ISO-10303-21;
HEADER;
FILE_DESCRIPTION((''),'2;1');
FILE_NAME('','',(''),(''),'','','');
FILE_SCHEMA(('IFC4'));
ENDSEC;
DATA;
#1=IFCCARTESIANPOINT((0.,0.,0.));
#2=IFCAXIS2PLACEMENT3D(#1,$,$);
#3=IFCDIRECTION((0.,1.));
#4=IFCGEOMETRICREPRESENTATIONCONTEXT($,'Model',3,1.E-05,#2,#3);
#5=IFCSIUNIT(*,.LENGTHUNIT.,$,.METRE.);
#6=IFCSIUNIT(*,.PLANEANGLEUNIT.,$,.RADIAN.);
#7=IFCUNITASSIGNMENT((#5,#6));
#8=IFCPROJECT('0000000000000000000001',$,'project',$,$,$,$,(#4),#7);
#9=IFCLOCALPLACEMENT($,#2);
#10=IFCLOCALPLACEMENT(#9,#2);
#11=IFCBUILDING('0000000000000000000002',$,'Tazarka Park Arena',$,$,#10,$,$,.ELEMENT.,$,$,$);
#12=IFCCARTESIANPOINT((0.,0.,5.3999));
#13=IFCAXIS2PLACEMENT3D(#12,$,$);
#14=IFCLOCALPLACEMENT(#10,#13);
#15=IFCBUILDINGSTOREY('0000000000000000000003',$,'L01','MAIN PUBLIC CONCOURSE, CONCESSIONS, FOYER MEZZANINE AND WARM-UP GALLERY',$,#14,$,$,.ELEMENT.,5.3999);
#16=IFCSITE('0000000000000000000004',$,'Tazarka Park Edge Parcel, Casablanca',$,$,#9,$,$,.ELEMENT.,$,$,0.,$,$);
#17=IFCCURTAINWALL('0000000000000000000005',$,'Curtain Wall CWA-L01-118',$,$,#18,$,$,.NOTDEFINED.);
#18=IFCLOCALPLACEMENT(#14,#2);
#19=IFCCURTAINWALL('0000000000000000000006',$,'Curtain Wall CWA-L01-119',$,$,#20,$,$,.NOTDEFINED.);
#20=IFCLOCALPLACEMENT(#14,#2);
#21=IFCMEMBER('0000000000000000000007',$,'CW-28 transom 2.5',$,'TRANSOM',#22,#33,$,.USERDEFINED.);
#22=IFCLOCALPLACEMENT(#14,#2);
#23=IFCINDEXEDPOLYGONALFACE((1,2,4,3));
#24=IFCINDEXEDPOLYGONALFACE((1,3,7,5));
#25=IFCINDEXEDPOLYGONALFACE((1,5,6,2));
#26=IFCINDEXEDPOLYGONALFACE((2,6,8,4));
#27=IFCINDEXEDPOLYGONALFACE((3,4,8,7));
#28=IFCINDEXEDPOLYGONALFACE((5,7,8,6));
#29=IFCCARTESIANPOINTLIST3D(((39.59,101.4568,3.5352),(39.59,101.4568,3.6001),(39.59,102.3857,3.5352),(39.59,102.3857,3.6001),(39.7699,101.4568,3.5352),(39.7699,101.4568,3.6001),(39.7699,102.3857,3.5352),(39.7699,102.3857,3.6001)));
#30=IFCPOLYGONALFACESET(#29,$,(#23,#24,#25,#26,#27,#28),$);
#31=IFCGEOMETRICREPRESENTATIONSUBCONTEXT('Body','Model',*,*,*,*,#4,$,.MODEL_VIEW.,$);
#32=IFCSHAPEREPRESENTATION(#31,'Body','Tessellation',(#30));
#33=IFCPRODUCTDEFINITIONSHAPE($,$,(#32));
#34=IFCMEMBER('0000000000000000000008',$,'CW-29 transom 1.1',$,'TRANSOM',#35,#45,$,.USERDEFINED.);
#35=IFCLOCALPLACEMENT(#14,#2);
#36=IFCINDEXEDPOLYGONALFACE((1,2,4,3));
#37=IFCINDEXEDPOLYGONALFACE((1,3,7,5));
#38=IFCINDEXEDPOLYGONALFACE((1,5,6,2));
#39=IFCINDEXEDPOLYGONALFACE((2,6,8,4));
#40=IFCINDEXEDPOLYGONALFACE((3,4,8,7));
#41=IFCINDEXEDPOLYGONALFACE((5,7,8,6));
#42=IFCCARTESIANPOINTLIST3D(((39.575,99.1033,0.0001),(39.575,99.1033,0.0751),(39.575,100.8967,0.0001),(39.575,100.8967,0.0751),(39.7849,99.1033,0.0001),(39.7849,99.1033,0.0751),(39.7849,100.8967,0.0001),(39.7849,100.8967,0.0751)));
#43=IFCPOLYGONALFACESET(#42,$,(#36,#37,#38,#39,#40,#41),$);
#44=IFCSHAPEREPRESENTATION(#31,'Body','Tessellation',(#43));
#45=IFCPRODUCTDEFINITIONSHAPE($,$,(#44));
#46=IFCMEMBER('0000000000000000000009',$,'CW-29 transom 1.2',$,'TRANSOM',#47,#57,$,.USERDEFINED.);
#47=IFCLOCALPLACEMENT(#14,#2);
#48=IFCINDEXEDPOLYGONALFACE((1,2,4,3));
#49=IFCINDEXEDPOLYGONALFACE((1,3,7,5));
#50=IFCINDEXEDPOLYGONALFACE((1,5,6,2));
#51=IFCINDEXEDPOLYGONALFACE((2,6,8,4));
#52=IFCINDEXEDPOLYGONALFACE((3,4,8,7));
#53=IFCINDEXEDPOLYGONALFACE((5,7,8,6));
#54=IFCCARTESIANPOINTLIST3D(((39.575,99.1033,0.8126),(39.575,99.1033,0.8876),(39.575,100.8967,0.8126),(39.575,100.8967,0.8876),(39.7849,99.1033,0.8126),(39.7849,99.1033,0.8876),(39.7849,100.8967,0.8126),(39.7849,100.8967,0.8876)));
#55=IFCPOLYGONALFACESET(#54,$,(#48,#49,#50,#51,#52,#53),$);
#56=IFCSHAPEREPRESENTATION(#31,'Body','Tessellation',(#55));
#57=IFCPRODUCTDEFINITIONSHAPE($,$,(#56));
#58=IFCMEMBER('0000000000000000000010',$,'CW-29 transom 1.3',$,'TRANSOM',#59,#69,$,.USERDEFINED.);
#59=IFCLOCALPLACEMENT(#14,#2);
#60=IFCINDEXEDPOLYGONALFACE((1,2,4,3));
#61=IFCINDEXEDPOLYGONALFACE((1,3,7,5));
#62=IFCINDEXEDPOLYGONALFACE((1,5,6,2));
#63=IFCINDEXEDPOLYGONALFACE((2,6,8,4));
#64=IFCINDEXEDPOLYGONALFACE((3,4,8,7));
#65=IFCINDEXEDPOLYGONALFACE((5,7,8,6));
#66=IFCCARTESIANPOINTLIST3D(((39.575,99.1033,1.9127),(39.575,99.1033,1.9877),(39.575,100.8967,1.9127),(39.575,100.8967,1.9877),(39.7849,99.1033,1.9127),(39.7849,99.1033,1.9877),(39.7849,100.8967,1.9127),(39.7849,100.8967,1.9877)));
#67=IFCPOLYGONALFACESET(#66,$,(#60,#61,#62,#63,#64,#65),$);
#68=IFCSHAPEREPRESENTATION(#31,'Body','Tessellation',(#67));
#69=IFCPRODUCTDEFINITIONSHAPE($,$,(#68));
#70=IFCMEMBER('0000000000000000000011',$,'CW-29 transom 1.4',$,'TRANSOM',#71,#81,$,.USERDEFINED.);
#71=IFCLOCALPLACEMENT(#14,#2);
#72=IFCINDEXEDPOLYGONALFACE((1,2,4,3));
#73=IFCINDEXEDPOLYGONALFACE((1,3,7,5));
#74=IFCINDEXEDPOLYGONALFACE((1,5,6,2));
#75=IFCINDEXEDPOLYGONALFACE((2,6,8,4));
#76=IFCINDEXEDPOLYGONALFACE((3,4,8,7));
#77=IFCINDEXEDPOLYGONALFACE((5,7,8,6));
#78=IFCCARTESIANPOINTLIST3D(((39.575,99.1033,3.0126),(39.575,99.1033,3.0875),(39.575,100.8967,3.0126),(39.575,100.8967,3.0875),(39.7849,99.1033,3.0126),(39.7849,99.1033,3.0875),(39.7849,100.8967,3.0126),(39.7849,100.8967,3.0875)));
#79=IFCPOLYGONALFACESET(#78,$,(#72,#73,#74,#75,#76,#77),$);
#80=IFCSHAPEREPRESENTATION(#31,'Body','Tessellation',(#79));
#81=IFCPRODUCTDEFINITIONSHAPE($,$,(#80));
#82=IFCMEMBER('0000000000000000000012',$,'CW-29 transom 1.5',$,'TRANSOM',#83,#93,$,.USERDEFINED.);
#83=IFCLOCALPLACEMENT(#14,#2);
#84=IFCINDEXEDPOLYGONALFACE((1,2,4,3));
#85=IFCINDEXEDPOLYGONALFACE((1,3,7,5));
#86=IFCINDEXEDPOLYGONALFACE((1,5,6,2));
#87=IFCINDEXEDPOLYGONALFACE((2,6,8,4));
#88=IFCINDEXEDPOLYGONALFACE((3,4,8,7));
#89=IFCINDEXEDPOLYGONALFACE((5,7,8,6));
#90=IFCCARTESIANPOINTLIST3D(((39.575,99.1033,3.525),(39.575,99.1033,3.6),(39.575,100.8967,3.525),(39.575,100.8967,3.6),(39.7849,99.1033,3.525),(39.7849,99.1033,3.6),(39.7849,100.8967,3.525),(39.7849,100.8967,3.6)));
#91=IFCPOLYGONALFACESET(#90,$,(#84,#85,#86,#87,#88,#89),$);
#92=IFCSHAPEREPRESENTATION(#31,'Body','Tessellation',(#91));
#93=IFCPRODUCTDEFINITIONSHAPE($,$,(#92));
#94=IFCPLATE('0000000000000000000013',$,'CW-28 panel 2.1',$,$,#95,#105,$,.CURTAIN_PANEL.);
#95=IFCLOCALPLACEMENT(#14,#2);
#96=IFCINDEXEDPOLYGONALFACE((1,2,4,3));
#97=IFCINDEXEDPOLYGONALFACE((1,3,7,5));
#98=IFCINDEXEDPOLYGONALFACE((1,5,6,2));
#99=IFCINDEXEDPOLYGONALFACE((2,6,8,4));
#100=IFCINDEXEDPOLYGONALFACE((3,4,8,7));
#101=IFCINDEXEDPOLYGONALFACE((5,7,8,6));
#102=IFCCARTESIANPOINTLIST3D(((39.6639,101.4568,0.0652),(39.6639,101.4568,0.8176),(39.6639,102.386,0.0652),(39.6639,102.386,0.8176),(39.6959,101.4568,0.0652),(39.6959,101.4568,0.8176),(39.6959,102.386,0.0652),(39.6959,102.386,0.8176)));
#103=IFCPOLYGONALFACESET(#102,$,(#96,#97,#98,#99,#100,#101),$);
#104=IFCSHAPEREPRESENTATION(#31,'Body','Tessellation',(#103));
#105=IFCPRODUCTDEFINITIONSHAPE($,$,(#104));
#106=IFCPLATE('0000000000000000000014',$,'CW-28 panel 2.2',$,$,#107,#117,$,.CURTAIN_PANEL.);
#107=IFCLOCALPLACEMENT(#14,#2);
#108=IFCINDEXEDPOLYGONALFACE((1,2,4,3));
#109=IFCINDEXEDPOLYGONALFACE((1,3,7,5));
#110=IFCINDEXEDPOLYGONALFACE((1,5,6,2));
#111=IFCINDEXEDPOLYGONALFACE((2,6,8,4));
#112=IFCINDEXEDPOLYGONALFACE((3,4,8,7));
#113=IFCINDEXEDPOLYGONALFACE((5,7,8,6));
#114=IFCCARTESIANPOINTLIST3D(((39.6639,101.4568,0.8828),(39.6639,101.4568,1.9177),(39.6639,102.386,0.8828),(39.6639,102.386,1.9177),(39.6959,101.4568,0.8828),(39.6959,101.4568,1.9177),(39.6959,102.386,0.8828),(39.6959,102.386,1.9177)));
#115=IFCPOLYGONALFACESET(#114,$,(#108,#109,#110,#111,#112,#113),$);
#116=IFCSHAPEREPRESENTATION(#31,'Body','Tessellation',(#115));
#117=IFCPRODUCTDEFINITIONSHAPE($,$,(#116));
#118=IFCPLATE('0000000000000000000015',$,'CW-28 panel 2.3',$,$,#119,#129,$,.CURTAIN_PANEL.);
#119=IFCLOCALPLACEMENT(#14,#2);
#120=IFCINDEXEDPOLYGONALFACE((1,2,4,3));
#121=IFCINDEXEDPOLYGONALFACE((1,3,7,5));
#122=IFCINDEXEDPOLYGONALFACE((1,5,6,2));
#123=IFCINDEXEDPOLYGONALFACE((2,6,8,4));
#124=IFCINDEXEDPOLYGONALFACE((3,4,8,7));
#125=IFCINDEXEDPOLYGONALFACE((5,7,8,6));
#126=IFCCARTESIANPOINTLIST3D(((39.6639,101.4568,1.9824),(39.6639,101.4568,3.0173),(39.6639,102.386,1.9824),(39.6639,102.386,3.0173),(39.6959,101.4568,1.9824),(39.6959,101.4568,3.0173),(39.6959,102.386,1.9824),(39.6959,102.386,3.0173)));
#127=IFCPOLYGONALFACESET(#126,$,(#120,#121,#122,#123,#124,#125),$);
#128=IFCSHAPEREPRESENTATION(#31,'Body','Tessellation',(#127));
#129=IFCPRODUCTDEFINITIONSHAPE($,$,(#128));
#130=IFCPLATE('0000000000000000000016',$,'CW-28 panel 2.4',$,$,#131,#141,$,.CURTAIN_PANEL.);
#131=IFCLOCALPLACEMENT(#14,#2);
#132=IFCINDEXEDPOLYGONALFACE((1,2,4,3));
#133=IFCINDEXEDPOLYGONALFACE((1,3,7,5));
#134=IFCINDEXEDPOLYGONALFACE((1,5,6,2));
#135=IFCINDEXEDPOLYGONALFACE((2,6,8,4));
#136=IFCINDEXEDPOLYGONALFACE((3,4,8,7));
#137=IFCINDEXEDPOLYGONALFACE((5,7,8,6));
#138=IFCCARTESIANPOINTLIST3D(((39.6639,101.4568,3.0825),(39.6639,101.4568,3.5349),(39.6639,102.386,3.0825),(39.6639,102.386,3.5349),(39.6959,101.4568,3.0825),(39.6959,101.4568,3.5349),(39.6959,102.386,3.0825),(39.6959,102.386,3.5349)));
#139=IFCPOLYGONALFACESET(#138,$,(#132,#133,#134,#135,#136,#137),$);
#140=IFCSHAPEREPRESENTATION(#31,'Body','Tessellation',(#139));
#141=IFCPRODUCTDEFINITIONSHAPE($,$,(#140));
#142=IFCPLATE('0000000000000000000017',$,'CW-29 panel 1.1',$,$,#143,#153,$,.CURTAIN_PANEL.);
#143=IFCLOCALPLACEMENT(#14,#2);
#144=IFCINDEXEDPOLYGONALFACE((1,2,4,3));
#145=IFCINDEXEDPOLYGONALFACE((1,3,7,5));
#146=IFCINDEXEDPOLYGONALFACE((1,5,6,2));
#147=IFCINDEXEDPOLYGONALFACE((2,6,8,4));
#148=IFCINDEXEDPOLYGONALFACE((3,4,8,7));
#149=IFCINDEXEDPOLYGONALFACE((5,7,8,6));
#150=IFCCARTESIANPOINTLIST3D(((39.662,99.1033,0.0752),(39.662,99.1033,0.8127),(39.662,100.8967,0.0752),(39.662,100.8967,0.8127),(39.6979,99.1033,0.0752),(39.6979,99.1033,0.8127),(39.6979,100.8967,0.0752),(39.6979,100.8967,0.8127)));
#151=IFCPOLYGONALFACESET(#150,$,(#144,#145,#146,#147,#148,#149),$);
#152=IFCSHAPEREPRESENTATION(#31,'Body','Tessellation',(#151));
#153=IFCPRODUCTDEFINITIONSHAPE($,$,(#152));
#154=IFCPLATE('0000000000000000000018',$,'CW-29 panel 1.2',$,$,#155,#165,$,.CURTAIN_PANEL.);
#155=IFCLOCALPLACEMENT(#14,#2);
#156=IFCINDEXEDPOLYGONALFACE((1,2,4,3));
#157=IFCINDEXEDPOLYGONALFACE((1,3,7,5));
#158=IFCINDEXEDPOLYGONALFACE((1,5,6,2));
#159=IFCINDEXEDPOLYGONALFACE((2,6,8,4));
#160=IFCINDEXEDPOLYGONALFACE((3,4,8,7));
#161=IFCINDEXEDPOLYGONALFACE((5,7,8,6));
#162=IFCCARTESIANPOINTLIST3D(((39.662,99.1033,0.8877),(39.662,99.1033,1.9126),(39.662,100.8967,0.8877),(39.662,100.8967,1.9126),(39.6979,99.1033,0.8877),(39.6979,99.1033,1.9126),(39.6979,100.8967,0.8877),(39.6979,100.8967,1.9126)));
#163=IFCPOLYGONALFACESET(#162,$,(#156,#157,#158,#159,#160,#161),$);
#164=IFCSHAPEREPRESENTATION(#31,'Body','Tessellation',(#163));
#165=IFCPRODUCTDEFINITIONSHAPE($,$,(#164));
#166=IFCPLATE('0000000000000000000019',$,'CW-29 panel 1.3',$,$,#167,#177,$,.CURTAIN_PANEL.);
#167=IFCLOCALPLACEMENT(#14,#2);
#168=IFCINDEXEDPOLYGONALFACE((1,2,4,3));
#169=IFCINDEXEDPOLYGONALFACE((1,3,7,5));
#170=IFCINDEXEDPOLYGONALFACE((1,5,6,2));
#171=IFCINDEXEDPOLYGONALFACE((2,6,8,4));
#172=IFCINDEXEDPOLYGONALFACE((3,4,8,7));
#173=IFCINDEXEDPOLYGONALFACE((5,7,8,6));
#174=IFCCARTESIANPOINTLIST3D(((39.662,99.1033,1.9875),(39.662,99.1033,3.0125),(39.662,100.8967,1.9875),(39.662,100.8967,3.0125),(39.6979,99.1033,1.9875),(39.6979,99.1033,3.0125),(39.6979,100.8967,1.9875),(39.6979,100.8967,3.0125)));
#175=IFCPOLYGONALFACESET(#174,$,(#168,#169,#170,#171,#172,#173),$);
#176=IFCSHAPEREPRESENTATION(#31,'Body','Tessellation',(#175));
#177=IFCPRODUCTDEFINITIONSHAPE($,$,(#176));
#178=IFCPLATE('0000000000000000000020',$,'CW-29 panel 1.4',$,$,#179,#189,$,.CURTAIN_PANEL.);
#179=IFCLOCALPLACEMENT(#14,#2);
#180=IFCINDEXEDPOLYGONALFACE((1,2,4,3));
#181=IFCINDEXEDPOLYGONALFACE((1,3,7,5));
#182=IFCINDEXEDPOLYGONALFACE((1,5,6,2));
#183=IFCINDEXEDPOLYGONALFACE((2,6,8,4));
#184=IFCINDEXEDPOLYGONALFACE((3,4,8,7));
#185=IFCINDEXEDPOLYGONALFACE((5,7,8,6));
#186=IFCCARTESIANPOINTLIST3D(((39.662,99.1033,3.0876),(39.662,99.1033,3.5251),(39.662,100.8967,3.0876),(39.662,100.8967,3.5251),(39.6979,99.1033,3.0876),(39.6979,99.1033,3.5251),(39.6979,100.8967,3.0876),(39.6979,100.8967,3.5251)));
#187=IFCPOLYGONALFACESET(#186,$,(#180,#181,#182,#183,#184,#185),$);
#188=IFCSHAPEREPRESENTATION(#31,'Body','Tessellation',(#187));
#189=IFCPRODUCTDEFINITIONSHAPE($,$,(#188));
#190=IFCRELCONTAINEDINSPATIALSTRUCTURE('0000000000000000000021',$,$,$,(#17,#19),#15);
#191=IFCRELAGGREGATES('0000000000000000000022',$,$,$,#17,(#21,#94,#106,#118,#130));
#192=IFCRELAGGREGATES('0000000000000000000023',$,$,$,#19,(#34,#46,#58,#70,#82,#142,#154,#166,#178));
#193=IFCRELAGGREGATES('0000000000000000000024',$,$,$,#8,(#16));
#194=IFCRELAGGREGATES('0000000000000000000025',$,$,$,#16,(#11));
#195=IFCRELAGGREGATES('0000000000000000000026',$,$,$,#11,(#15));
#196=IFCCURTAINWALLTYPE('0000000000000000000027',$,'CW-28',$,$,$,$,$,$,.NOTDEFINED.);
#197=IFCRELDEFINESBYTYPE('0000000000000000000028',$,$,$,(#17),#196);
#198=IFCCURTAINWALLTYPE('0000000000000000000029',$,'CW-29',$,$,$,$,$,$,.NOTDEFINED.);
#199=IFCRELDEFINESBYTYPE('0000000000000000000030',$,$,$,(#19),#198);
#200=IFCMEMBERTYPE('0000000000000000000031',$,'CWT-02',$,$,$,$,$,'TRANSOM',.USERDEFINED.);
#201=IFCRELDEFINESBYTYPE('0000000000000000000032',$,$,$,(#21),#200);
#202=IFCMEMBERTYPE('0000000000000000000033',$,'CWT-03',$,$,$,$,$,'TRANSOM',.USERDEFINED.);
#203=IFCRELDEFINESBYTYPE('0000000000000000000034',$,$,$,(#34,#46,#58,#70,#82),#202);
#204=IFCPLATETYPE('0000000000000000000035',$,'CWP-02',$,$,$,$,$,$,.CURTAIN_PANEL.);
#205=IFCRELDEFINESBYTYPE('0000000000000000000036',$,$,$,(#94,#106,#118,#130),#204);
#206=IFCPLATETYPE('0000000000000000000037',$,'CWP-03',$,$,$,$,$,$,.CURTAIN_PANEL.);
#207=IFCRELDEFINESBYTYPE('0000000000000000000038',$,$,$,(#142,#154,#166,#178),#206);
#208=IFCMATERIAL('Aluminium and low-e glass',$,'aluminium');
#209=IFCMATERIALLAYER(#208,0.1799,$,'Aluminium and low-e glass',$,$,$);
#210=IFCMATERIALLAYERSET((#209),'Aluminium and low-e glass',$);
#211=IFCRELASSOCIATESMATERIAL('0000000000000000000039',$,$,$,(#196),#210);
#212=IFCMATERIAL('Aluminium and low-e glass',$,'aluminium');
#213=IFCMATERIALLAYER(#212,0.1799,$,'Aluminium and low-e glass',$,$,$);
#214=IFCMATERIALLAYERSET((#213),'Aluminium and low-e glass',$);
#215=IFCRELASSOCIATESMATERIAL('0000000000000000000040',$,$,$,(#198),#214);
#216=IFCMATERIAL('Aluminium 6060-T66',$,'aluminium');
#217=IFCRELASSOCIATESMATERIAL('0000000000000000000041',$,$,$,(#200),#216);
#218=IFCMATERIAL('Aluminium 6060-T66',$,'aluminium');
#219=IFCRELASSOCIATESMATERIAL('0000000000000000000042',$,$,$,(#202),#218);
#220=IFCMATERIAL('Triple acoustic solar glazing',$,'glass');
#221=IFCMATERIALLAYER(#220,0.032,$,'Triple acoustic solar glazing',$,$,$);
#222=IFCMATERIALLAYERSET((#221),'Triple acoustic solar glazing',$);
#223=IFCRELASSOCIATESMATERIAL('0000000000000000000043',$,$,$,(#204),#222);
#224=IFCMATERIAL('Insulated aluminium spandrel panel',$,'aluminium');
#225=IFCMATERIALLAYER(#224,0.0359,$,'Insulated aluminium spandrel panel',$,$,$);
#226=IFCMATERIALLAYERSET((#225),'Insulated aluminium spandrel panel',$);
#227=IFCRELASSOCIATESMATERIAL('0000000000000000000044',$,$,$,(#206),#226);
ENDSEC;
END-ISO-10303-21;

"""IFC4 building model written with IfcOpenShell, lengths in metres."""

from ifc_helpers import new_model, si_unit, direction, frame, origin, origin_2d, place, context, subcontext, project, spatial, rectangle, extrude, material, layer, layer_set, material_profile, profile_set, type_object, element, aggregate, save


model = new_model("IFC4")

# Units and contexts
model_context = context("Model", 3, precision=1e-05, world=origin(), true_north=direction((0.0, 1.0)))
body_context = subcontext(model_context, "Body", "Model", "MODEL_VIEW")
ifc_project = project(units=[si_unit("LENGTHUNIT", "METRE"), si_unit("PLANEANGLEUNIT", "RADIAN")], contexts=[model_context])

# Site, building, storey
site_placement = place(None, origin())
site = spatial("IfcSite", under=ifc_project, at=site_placement, Name="Tazarka Park Edge Parcel, Casablanca", CompositionType="ELEMENT", RefElevation=0.0)
building_placement = place(site_placement, origin())
building = spatial("IfcBuilding", under=site, at=building_placement, Name="Tazarka Park Arena", CompositionType="ELEMENT")
storey_placement = place(building_placement, frame((0.0, 0.0, 5.3999)))
storey = spatial("IfcBuildingStorey", under=building, at=storey_placement, Name="L01", Description="MAIN PUBLIC CONCOURSE, CONCESSIONS, FOYER MEZZANINE AND WARM-UP GALLERY", CompositionType="ELEMENT", Elevation=5.3999)

# Curtain wall
ifc_material_1 = material(Name="Aluminium and low-e glass", Category="aluminium")
ifc_layer_1 = layer(ifc_material_1, 0.1799, Name="Aluminium and low-e glass")
ifc_layer_set_1 = layer_set([ifc_layer_1], Name="Aluminium and low-e glass")
curtain_wall_type_1 = type_object("IfcCurtainWallType", Name="CW-28", PredefinedType="NOTDEFINED", material=ifc_layer_set_1)
curtain_wall_1_placement = place(storey_placement, origin())
curtain_wall_1 = element("IfcCurtainWall", 1, at=curtain_wall_1_placement, inside=storey, type_object=curtain_wall_type_1, Name="Curtain Wall CWA-L01-118", PredefinedType="NOTDEFINED")

# Curtain wall
ifc_material_2 = material(Name="Aluminium and low-e glass", Category="aluminium")
ifc_layer_2 = layer(ifc_material_2, 0.1799, Name="Aluminium and low-e glass")
ifc_layer_set_2 = layer_set([ifc_layer_2], Name="Aluminium and low-e glass")
curtain_wall_type_2 = type_object("IfcCurtainWallType", Name="CW-29", PredefinedType="NOTDEFINED", material=ifc_layer_set_2)
curtain_wall_2_placement = place(storey_placement, origin())
curtain_wall_2 = element("IfcCurtainWall", 2, at=curtain_wall_2_placement, inside=storey, type_object=curtain_wall_type_2, Name="Curtain Wall CWA-L01-119", PredefinedType="NOTDEFINED")

# Members
ifc_material_3 = material(Name="Aluminium 6060-T66", Category="aluminium")
ifc_material_profile_1 = material_profile(ifc_material_3, rectangle(XDim=0.1799, YDim=0.0649, at=origin_2d()), Name="Aluminium 6060-T66")
ifc_profile_set_1 = profile_set([ifc_material_profile_1], Name="Aluminium 6060-T66")
member_type_1 = type_object("IfcMemberType", Name="CWT-02", ElementType="TRANSOM", PredefinedType="USERDEFINED", material=ifc_profile_set_1)
member_1_placement = place(storey_placement, frame((39.6799, 102.3857, 3.5676), z_axis=(0.0, -1.0, 0.0), x_axis=(1.0, 0.0, 0.0)))
member_1 = element("IfcMember", 3, at=member_1_placement, type_object=member_type_1, Name="CW-28 transom 2.5", ObjectType="TRANSOM", PredefinedType="USERDEFINED", context=body_context, shape_type="SweptSolid", body=[
    extrude(rectangle(XDim=0.1799, YDim=0.0649, at=origin_2d()), origin(), (0.0, 0.0, 1.0), 0.929),
])
ifc_material_4 = material(Name="Aluminium 6060-T66", Category="aluminium")
ifc_material_profile_2 = material_profile(ifc_material_4, rectangle(XDim=0.21, YDim=0.075, at=origin_2d()), Name="Aluminium 6060-T66")
ifc_profile_set_2 = profile_set([ifc_material_profile_2], Name="Aluminium 6060-T66")
member_type_2 = type_object("IfcMemberType", Name="CWT-03", ElementType="TRANSOM", PredefinedType="USERDEFINED", material=ifc_profile_set_2)
member_2_placement = place(storey_placement, frame((39.6799, 100.8967, 0.0376), z_axis=(0.0, -1.0, 0.0), x_axis=(1.0, 0.0, 0.0)))
member_2 = element("IfcMember", 4, at=member_2_placement, type_object=member_type_2, Name="CW-29 transom 1.1", ObjectType="TRANSOM", PredefinedType="USERDEFINED", context=body_context, shape_type="SweptSolid", body=[
    extrude(rectangle(XDim=0.21, YDim=0.075, at=origin_2d()), origin(), (0.0, 0.0, 1.0), 1.7935),
])
member_3_placement = place(storey_placement, frame((39.6799, 100.8967, 0.8501), z_axis=(0.0, -1.0, 0.0), x_axis=(1.0, 0.0, 0.0)))
member_3 = element("IfcMember", 5, at=member_3_placement, type_object=member_type_2, Name="CW-29 transom 1.2", ObjectType="TRANSOM", PredefinedType="USERDEFINED", context=body_context, shape_type="SweptSolid", body=[
    extrude(rectangle(XDim=0.21, YDim=0.075, at=origin_2d()), origin(), (0.0, 0.0, 1.0), 1.7935),
])
member_4_placement = place(storey_placement, frame((39.6799, 100.8967, 1.9502), z_axis=(0.0, -1.0, 0.0), x_axis=(1.0, 0.0, 0.0)))
member_4 = element("IfcMember", 6, at=member_4_placement, type_object=member_type_2, Name="CW-29 transom 1.3", ObjectType="TRANSOM", PredefinedType="USERDEFINED", context=body_context, shape_type="SweptSolid", body=[
    extrude(rectangle(XDim=0.21, YDim=0.075, at=origin_2d()), origin(), (0.0, 0.0, 1.0), 1.7935),
])
member_5_placement = place(storey_placement, frame((39.6799, 100.8967, 3.05), z_axis=(0.0, -1.0, 0.0), x_axis=(1.0, 0.0, 0.0)))
member_5 = element("IfcMember", 7, at=member_5_placement, type_object=member_type_2, Name="CW-29 transom 1.4", ObjectType="TRANSOM", PredefinedType="USERDEFINED", context=body_context, shape_type="SweptSolid", body=[
    extrude(rectangle(XDim=0.21, YDim=0.075, at=origin_2d()), origin(), (0.0, 0.0, 1.0), 1.7935),
])
member_6_placement = place(storey_placement, frame((39.6799, 100.8967, 3.5625), z_axis=(0.0, -1.0, 0.0), x_axis=(1.0, 0.0, 0.0)))
member_6 = element("IfcMember", 8, at=member_6_placement, type_object=member_type_2, Name="CW-29 transom 1.5", ObjectType="TRANSOM", PredefinedType="USERDEFINED", context=body_context, shape_type="SweptSolid", body=[
    extrude(rectangle(XDim=0.21, YDim=0.075, at=origin_2d()), origin(), (0.0, 0.0, 1.0), 1.7935),
])

# Plates
ifc_material_5 = material(Name="Triple acoustic solar glazing", Category="glass")
ifc_layer_3 = layer(ifc_material_5, 0.032, Name="Triple acoustic solar glazing")
ifc_layer_set_3 = layer_set([ifc_layer_3], Name="Triple acoustic solar glazing")
plate_type_1 = type_object("IfcPlateType", Name="CWP-02", PredefinedType="CURTAIN_PANEL", material=ifc_layer_set_3)
plate_1_placement = place(storey_placement, frame((39.6799, 101.9214, 0.0652), z_axis=(0.0, 0.0, 1.0), x_axis=(0.0, -1.0, 0.0)))
plate_1 = element("IfcPlate", 9, at=plate_1_placement, type_object=plate_type_1, Name="CW-28 panel 2.1", PredefinedType="CURTAIN_PANEL", context=body_context, shape_type="SweptSolid", body=[
    extrude(rectangle(XDim=0.9292, YDim=0.032, at=origin_2d()), origin(), (0.0, 0.0, 1.0), 0.7524),
])
plate_2_placement = place(storey_placement, frame((39.6799, 101.9214, 0.8828), z_axis=(0.0, 0.0, 1.0), x_axis=(0.0, -1.0, 0.0)))
plate_2 = element("IfcPlate", 10, at=plate_2_placement, type_object=plate_type_1, Name="CW-28 panel 2.2", PredefinedType="CURTAIN_PANEL", context=body_context, shape_type="SweptSolid", body=[
    extrude(rectangle(XDim=0.9292, YDim=0.032, at=origin_2d()), origin(), (0.0, 0.0, 1.0), 1.0349),
])
plate_3_placement = place(storey_placement, frame((39.6799, 101.9214, 1.9824), z_axis=(0.0, 0.0, 1.0), x_axis=(0.0, -1.0, 0.0)))
plate_3 = element("IfcPlate", 11, at=plate_3_placement, type_object=plate_type_1, Name="CW-28 panel 2.3", PredefinedType="CURTAIN_PANEL", context=body_context, shape_type="SweptSolid", body=[
    extrude(rectangle(XDim=0.9292, YDim=0.032, at=origin_2d()), origin(), (0.0, 0.0, 1.0), 1.0349),
])
plate_4_placement = place(storey_placement, frame((39.6799, 101.9214, 3.0825), z_axis=(0.0, 0.0, 1.0), x_axis=(0.0, -1.0, 0.0)))
plate_4 = element("IfcPlate", 12, at=plate_4_placement, type_object=plate_type_1, Name="CW-28 panel 2.4", PredefinedType="CURTAIN_PANEL", context=body_context, shape_type="SweptSolid", body=[
    extrude(rectangle(XDim=0.9292, YDim=0.032, at=origin_2d()), origin(), (0.0, 0.0, 1.0), 0.4524),
])
aggregate(curtain_wall_1, [member_1, plate_1, plate_2, plate_3, plate_4])
ifc_material_6 = material(Name="Insulated aluminium spandrel panel", Category="aluminium")
ifc_layer_4 = layer(ifc_material_6, 0.0359, Name="Insulated aluminium spandrel panel")
ifc_layer_set_4 = layer_set([ifc_layer_4], Name="Insulated aluminium spandrel panel")
plate_type_2 = type_object("IfcPlateType", Name="CWP-03", PredefinedType="CURTAIN_PANEL", material=ifc_layer_set_4)
plate_5_placement = place(storey_placement, frame((39.6799, 100.0, 0.0752), z_axis=(0.0, 0.0, 1.0), x_axis=(0.0, -1.0, 0.0)))
plate_5 = element("IfcPlate", 13, at=plate_5_placement, type_object=plate_type_2, Name="CW-29 panel 1.1", PredefinedType="CURTAIN_PANEL", context=body_context, shape_type="SweptSolid", body=[
    extrude(rectangle(XDim=1.7935, YDim=0.0359, at=origin_2d()), origin(), (0.0, 0.0, 1.0), 0.7375),
])
plate_6_placement = place(storey_placement, frame((39.6799, 100.0, 0.8877), z_axis=(0.0, 0.0, 1.0), x_axis=(0.0, -1.0, 0.0)))
plate_6 = element("IfcPlate", 14, at=plate_6_placement, type_object=plate_type_2, Name="CW-29 panel 1.2", PredefinedType="CURTAIN_PANEL", context=body_context, shape_type="SweptSolid", body=[
    extrude(rectangle(XDim=1.7935, YDim=0.0359, at=origin_2d()), origin(), (0.0, 0.0, 1.0), 1.0249),
])
plate_7_placement = place(storey_placement, frame((39.6799, 100.0, 1.9875), z_axis=(0.0, 0.0, 1.0), x_axis=(0.0, -1.0, 0.0)))
plate_7 = element("IfcPlate", 15, at=plate_7_placement, type_object=plate_type_2, Name="CW-29 panel 1.3", PredefinedType="CURTAIN_PANEL", context=body_context, shape_type="SweptSolid", body=[
    extrude(rectangle(XDim=1.7935, YDim=0.0359, at=origin_2d()), origin(), (0.0, 0.0, 1.0), 1.0249),
])
plate_8_placement = place(storey_placement, frame((39.6799, 100.0, 3.0876), z_axis=(0.0, 0.0, 1.0), x_axis=(0.0, -1.0, 0.0)))
plate_8 = element("IfcPlate", 16, at=plate_8_placement, type_object=plate_type_2, Name="CW-29 panel 1.4", PredefinedType="CURTAIN_PANEL", context=body_context, shape_type="SweptSolid", body=[
    extrude(rectangle(XDim=1.7935, YDim=0.0359, at=origin_2d()), origin(), (0.0, 0.0, 1.0), 0.4375),
])
aggregate(curtain_wall_2, [member_2, member_3, member_4, member_5, member_6, plate_5, plate_6, plate_7, plate_8])

save(model, "model.ifc")
